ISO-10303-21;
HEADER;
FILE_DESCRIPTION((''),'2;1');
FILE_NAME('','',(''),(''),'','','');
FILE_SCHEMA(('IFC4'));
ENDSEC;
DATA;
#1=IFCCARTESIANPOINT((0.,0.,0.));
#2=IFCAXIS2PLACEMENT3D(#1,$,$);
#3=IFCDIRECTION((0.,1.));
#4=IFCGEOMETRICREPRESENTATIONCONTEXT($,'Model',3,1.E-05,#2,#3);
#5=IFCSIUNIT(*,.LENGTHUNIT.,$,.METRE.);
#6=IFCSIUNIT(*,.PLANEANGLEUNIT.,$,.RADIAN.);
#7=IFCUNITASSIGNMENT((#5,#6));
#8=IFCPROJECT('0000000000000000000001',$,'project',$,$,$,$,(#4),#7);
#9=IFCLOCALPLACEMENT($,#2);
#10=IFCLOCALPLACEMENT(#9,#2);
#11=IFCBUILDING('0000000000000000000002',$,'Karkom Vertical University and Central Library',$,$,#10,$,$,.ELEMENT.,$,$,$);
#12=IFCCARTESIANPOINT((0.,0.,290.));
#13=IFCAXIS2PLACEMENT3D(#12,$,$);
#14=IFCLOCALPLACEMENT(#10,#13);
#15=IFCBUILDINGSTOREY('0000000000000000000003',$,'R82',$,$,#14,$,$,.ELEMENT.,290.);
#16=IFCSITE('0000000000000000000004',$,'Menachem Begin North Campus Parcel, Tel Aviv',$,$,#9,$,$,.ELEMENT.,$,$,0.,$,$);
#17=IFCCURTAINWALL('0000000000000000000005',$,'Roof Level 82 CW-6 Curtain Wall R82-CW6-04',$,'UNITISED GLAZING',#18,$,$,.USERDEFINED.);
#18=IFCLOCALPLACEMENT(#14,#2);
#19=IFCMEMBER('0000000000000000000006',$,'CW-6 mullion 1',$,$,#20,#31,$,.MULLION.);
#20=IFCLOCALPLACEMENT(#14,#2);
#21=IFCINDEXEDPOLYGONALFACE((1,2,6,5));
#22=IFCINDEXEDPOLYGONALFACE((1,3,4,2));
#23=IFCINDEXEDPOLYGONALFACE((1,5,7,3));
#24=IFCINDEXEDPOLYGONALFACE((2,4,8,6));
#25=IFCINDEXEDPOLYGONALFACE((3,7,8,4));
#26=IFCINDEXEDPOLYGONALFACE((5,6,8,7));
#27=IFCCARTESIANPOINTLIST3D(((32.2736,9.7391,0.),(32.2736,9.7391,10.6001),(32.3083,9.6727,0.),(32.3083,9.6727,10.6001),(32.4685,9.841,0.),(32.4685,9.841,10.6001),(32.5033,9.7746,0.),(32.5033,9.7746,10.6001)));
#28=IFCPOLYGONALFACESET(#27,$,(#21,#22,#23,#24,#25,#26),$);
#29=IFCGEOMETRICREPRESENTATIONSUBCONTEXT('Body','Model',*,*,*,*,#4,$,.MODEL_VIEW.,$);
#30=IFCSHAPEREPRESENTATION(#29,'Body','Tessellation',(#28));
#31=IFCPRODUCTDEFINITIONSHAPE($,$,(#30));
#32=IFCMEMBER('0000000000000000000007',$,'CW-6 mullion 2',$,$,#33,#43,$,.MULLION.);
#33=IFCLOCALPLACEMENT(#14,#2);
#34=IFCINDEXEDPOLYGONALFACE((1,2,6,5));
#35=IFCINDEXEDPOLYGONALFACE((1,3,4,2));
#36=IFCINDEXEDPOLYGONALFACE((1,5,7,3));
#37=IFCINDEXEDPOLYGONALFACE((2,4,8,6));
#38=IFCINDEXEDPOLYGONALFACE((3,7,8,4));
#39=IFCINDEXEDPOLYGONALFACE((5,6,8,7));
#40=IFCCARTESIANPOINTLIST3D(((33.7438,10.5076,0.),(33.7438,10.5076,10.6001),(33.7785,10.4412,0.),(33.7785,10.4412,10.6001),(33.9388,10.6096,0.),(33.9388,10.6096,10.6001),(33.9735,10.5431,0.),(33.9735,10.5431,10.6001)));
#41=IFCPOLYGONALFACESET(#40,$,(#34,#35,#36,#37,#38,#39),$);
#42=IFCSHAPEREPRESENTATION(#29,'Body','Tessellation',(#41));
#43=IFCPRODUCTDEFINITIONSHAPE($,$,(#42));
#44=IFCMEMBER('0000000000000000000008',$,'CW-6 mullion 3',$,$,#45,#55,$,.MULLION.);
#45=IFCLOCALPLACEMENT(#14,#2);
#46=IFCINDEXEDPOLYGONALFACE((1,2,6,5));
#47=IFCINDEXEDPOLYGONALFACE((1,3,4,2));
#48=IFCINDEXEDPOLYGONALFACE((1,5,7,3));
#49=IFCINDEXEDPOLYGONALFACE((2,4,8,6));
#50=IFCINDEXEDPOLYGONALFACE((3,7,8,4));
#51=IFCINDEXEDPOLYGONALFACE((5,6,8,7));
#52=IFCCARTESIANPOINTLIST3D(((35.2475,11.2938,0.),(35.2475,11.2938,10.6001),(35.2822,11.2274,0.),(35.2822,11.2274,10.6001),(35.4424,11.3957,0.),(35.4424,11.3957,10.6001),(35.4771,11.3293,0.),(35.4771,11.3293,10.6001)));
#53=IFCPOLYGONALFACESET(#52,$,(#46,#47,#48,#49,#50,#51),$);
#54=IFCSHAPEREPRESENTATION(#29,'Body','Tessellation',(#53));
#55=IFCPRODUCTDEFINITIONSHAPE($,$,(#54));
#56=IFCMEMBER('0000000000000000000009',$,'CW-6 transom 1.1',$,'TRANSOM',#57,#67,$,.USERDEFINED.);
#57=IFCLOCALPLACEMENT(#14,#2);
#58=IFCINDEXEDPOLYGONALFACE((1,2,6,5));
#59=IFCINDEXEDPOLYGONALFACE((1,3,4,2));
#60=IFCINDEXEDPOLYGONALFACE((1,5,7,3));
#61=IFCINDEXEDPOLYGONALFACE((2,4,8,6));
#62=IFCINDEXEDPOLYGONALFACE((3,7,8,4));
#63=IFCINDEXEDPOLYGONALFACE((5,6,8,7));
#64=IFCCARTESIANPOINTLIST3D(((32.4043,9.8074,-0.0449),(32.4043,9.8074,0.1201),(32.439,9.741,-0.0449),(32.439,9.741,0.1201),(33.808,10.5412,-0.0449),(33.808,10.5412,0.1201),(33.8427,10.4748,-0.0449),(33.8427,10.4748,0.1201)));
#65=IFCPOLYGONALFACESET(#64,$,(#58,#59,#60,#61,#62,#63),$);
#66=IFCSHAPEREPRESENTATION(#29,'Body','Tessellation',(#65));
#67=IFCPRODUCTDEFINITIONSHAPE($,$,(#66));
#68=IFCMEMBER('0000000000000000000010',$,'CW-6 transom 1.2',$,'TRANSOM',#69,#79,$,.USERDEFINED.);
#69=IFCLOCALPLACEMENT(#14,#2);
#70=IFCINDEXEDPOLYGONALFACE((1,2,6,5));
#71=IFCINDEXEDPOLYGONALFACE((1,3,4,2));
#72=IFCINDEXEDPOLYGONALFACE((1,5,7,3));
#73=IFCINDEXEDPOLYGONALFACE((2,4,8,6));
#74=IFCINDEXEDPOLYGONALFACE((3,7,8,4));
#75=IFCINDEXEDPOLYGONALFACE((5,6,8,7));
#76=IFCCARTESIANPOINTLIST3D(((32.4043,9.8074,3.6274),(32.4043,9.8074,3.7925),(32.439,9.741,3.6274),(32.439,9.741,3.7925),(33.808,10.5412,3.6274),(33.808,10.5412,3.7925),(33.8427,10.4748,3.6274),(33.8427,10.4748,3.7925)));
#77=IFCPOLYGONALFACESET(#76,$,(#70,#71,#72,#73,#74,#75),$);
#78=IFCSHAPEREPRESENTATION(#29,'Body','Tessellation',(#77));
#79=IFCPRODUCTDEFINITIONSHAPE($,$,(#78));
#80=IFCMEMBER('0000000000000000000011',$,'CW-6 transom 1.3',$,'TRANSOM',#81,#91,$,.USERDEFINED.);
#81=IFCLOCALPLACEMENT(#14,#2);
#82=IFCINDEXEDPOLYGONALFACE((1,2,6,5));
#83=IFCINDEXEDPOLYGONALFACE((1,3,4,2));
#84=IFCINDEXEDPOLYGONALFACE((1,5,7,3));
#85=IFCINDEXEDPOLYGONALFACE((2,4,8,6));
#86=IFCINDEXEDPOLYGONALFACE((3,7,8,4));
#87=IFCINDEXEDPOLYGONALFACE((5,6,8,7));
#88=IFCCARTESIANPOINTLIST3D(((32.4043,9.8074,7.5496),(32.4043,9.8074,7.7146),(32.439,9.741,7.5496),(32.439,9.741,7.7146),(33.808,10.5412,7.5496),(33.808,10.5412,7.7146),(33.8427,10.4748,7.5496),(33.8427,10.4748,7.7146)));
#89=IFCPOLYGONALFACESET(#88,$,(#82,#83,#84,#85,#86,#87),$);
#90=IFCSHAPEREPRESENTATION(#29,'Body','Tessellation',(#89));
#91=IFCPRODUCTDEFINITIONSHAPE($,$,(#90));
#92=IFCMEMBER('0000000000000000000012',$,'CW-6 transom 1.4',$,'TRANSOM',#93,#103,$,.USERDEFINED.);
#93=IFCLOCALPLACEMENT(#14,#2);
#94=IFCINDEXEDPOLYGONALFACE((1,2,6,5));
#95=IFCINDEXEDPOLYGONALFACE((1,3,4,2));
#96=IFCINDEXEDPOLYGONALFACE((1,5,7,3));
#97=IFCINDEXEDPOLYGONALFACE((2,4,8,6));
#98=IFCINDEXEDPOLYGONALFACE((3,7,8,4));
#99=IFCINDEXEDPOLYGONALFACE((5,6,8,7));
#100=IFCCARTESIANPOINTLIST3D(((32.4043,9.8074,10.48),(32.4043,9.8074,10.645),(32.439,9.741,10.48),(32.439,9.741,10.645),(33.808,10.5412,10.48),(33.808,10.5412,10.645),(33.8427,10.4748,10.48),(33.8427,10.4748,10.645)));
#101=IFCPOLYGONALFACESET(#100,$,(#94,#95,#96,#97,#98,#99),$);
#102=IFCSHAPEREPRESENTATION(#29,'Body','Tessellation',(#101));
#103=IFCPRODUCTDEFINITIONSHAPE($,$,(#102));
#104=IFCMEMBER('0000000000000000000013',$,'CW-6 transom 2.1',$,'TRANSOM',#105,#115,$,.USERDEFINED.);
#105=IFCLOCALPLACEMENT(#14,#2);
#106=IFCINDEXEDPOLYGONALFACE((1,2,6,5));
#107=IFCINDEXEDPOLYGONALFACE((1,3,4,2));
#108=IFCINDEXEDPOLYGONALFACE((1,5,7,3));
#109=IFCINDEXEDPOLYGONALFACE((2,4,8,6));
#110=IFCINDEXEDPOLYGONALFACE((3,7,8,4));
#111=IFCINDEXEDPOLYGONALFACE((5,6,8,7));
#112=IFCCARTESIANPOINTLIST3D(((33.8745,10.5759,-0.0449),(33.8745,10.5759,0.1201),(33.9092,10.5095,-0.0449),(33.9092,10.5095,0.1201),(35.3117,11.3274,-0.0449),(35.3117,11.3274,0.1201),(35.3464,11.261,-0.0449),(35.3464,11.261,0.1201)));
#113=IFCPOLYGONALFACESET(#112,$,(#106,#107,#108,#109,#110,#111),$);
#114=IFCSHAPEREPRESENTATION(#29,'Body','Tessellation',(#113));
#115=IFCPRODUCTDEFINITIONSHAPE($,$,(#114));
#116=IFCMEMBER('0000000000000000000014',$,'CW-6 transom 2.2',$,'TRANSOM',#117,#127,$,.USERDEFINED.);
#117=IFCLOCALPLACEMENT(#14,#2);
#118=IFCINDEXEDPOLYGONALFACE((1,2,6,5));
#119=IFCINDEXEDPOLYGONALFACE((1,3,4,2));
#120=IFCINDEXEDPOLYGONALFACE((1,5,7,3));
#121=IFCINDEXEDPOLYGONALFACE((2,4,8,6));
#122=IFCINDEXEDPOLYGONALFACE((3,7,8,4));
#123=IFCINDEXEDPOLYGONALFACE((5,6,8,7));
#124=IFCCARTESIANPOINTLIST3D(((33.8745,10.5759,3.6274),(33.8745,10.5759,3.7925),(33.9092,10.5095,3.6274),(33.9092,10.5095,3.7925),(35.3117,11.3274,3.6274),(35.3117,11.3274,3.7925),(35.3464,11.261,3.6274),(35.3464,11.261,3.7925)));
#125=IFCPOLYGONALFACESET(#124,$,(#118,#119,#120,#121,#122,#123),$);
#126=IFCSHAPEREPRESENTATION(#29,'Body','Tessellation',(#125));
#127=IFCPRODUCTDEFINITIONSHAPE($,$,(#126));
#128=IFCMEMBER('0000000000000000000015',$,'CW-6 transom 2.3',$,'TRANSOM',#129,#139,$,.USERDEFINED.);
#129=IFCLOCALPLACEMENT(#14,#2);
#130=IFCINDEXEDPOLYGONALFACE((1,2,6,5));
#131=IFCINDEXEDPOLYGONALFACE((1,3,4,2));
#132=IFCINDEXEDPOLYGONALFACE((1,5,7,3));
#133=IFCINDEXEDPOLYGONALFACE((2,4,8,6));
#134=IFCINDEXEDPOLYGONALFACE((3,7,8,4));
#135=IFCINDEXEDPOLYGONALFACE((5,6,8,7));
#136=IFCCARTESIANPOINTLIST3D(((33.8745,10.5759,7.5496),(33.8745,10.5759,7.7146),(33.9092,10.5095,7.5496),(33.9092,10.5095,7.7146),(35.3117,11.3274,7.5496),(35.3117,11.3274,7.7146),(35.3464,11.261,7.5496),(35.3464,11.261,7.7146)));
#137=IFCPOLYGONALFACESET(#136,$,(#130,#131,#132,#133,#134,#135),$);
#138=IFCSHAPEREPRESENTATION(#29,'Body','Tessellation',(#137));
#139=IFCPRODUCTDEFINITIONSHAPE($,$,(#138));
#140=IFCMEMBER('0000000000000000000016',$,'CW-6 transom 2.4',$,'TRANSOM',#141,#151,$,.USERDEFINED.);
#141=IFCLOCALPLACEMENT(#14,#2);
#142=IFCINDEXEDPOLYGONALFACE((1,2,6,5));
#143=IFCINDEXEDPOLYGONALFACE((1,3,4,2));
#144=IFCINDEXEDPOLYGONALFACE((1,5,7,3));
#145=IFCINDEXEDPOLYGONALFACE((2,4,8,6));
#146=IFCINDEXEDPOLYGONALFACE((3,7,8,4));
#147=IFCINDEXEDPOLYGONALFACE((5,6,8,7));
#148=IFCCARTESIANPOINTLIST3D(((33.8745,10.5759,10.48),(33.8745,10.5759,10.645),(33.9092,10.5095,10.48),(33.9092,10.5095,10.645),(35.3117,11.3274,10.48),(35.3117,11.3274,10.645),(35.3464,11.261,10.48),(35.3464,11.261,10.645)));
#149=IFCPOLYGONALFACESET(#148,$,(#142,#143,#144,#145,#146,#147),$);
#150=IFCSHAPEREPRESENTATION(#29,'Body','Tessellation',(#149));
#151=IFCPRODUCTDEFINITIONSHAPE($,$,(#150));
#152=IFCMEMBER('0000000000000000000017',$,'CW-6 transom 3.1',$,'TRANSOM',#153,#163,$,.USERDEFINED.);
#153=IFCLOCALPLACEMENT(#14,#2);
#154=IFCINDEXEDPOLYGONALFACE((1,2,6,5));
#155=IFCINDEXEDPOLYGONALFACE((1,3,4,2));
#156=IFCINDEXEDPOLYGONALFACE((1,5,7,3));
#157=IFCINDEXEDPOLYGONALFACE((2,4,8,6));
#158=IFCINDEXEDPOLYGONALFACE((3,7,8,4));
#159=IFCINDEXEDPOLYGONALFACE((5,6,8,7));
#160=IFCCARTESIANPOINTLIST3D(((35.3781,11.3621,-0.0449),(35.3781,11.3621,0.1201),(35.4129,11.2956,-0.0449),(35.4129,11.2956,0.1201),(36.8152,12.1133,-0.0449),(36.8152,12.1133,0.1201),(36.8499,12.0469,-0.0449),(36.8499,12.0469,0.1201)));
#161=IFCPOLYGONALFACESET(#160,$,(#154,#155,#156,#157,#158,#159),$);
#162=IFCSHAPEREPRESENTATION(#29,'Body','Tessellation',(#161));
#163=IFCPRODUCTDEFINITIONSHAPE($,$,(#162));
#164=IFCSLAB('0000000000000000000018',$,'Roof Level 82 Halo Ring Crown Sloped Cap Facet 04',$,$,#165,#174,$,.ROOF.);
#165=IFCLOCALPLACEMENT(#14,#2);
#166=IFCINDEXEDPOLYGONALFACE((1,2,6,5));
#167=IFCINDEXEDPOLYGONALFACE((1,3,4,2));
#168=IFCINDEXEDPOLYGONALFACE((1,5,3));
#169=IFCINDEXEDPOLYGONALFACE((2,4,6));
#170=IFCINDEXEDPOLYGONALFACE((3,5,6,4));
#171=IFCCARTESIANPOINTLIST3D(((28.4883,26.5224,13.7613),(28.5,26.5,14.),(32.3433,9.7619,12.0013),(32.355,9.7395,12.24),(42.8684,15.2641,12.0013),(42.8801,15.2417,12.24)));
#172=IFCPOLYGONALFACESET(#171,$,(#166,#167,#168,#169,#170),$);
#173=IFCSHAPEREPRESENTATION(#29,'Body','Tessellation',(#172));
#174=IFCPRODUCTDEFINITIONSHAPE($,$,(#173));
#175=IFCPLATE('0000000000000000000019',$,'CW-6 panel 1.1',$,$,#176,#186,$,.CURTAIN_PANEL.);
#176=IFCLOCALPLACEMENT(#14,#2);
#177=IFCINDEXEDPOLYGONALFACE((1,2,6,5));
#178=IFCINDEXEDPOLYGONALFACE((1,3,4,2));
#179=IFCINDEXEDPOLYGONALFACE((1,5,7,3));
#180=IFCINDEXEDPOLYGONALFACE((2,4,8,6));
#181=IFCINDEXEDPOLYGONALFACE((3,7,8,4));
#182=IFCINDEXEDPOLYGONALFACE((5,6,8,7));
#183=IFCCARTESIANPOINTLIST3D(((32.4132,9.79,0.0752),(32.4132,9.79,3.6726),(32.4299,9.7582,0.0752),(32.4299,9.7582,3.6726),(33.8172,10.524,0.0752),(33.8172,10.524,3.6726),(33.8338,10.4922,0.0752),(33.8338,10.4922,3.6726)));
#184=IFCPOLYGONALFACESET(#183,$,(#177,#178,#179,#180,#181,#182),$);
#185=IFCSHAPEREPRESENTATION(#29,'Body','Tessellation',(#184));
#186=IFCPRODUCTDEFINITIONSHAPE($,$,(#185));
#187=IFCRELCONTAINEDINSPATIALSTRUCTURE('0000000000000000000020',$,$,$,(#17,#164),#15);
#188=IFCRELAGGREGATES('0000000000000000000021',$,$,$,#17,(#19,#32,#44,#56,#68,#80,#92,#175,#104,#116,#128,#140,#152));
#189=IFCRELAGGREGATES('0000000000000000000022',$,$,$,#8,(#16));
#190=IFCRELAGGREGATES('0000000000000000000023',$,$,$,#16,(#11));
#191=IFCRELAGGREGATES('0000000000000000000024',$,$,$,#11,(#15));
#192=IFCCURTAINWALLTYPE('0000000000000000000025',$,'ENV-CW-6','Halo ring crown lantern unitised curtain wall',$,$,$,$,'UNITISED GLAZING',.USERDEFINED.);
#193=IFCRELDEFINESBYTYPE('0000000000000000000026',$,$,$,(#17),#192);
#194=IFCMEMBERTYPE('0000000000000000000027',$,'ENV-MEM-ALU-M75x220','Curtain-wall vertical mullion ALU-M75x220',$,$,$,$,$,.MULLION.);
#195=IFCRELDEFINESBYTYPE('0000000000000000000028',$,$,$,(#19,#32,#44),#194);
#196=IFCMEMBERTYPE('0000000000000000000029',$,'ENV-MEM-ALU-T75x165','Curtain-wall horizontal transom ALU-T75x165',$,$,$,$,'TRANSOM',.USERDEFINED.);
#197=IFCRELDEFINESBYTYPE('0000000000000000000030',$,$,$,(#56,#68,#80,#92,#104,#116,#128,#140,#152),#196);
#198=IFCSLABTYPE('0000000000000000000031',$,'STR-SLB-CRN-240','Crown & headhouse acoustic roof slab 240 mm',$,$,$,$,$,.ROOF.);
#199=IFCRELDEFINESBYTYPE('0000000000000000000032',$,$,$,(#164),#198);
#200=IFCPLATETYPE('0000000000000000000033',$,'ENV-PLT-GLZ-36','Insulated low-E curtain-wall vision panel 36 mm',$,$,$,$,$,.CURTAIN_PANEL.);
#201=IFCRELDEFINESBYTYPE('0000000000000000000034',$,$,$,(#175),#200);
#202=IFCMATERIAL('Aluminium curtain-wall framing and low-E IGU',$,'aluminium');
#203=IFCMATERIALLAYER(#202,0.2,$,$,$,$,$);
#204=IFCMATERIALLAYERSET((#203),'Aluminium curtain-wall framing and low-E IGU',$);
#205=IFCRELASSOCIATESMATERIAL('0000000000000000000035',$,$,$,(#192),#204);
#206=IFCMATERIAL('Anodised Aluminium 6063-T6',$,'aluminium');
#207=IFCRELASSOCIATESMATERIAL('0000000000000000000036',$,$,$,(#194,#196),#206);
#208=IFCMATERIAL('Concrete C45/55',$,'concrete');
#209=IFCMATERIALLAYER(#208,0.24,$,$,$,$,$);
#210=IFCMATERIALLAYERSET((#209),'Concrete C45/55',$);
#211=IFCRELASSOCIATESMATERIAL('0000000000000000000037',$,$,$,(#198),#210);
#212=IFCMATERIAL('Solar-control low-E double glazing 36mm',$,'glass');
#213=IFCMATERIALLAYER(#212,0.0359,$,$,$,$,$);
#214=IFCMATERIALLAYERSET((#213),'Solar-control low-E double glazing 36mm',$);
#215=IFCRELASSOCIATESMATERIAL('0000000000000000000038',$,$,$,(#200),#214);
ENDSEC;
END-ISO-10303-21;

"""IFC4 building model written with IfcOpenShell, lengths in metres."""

from ifc_helpers import new_model, si_unit, direction, frame, origin, origin_with_axes, origin_2d, place, context, subcontext, project, spatial, polyline, rectangle, outline, extrude, source, transform, mapped, material, layer, layer_set, material_profile, profile_set, type_object, element, aggregate, save


model = new_model("IFC4")

# Units and contexts
model_context = context("Model", 3, precision=1e-05, world=origin(), true_north=direction((0.0, 1.0)))
body_context = subcontext(model_context, "Body", "Model", "MODEL_VIEW")
ifc_project = project(units=[si_unit("LENGTHUNIT", "METRE"), si_unit("PLANEANGLEUNIT", "RADIAN")], contexts=[model_context])

# Site, building, storey
site_placement = place(None, origin())
site = spatial("IfcSite", under=ifc_project, at=site_placement, Name="Menachem Begin North Campus Parcel, Tel Aviv", CompositionType="ELEMENT", RefElevation=0.0)
building_placement = place(site_placement, origin())
building = spatial("IfcBuilding", under=site, at=building_placement, Name="Karkom Vertical University and Central Library", CompositionType="ELEMENT")
storey_placement = place(building_placement, frame((0.0, 0.0, 290.0)))
storey = spatial("IfcBuildingStorey", under=building, at=storey_placement, Name="R82", CompositionType="ELEMENT", Elevation=290.0)

# Shared definitions
ifc_material_1 = material(Name="Concrete C45/55", Category="concrete")

# Curtain wall, members
ifc_material_2 = material(Name="Aluminium curtain-wall framing and low-E IGU", Category="aluminium")
ifc_layer_1 = layer(ifc_material_2, 0.2)
ifc_layer_set_1 = layer_set([ifc_layer_1], Name="Aluminium curtain-wall framing and low-E IGU")
curtain_wall_type = type_object("IfcCurtainWallType", Name="ENV-CW-6", Description="Halo ring crown lantern unitised curtain wall", ElementType="UNITISED GLAZING", PredefinedType="USERDEFINED", material=ifc_layer_set_1)
curtain_wall_placement = place(storey_placement, origin())
curtain_wall = element("IfcCurtainWall", 1, at=curtain_wall_placement, inside=storey, type_object=curtain_wall_type, Name="Roof Level 82 CW-6 Curtain Wall R82-CW6-04", ObjectType="UNITISED GLAZING", PredefinedType="USERDEFINED")
ifc_material_3 = material(Name="Anodised Aluminium 6063-T6", Category="aluminium")
ifc_material_profile_1 = material_profile(ifc_material_3, rectangle(XDim=0.075, YDim=0.22, at=origin_2d()), Name="ALU-M75x220")
ifc_profile_set_1 = profile_set([ifc_material_profile_1], Name="Anodised Aluminium 6063-T6")
member_type_1 = type_object("IfcMemberType", Name="ENV-MEM-ALU-M75x220", Description="Curtain-wall vertical mullion ALU-M75x220", PredefinedType="MULLION", material=ifc_profile_set_1)
shared_shape_1 = source(origin_with_axes(), body_context, "Body", "SweptSolid", [
    extrude(rectangle(XDim=0.075, YDim=0.22, at=origin_2d()), origin(), (0.0, 0.0, 1.0), 10.6001),
])
member_1_placement = place(storey_placement, frame((32.3884, 9.7568, 0.0), z_axis=(0.0, 0.0, 1.0), x_axis=(-0.463284, 0.88621, 0.0)))
member_1 = element("IfcMember", 2, at=member_1_placement, type_object=member_type_1, Name="CW-6 mullion 1", PredefinedType="MULLION", context=body_context, shape_type="MappedRepresentation", body=[
    mapped(shared_shape_1, transform((0.0, 0.0, 0.0), scale=1.0)),
])
member_2_placement = place(storey_placement, frame((33.8586, 10.5254, 0.0), z_axis=(0.0, 0.0, 1.0), x_axis=(-0.463284, 0.88621, 0.0)))
member_2 = element("IfcMember", 3, at=member_2_placement, type_object=member_type_1, Name="CW-6 mullion 2", PredefinedType="MULLION", context=body_context, shape_type="MappedRepresentation", body=[
    mapped(shared_shape_1, transform((0.0, 0.0, 0.0), scale=1.0)),
])
member_3_placement = place(storey_placement, frame((35.3623, 11.3115, 0.0), z_axis=(0.0, 0.0, 1.0), x_axis=(-0.463284, 0.88621, 0.0)))
member_3 = element("IfcMember", 4, at=member_3_placement, type_object=member_type_1, Name="CW-6 mullion 3", PredefinedType="MULLION", context=body_context, shape_type="MappedRepresentation", body=[
    mapped(shared_shape_1, transform((0.0, 0.0, 0.0), scale=1.0)),
])
ifc_material_profile_2 = material_profile(ifc_material_3, rectangle(XDim=0.075, YDim=0.165, at=origin_2d()), Name="ALU-T75x165")
ifc_profile_set_2 = profile_set([ifc_material_profile_2], Name="Anodised Aluminium 6063-T6")
member_type_2 = type_object("IfcMemberType", Name="ENV-MEM-ALU-T75x165", Description="Curtain-wall horizontal transom ALU-T75x165", ElementType="TRANSOM", PredefinedType="USERDEFINED", material=ifc_profile_set_2)
shared_shape_2 = source(origin_with_axes(), body_context, "Body", "SweptSolid", [
    extrude(rectangle(XDim=0.075, YDim=0.165, at=origin_2d()), origin(), (0.0, 0.0, 1.0), 1.584),
])
member_4_placement = place(storey_placement, frame((32.4216, 9.7742, 0.0376), z_axis=(0.886205, 0.463293, 0.0), x_axis=(-0.463293, 0.886205, 0.0)))
member_4 = element("IfcMember", 5, at=member_4_placement, type_object=member_type_2, Name="CW-6 transom 1.1", ObjectType="TRANSOM", PredefinedType="USERDEFINED", context=body_context, shape_type="MappedRepresentation", body=[
    mapped(shared_shape_2, transform((0.0, 0.0, 0.0), scale=1.0)),
])
member_5_placement = place(storey_placement, frame((32.4216, 9.7742, 3.71), z_axis=(0.886205, 0.463293, 0.0), x_axis=(-0.463293, 0.886205, 0.0)))
member_5 = element("IfcMember", 6, at=member_5_placement, type_object=member_type_2, Name="CW-6 transom 1.2", ObjectType="TRANSOM", PredefinedType="USERDEFINED", context=body_context, shape_type="MappedRepresentation", body=[
    mapped(shared_shape_2, transform((0.0, 0.0, 0.0), scale=1.0)),
])
member_6_placement = place(storey_placement, frame((32.4216, 9.7742, 7.6321), z_axis=(0.886205, 0.463293, 0.0), x_axis=(-0.463293, 0.886205, 0.0)))
member_6 = element("IfcMember", 7, at=member_6_placement, type_object=member_type_2, Name="CW-6 transom 1.3", ObjectType="TRANSOM", PredefinedType="USERDEFINED", context=body_context, shape_type="MappedRepresentation", body=[
    mapped(shared_shape_2, transform((0.0, 0.0, 0.0), scale=1.0)),
])
member_7_placement = place(storey_placement, frame((32.4216, 9.7742, 10.5625), z_axis=(0.886205, 0.463293, 0.0), x_axis=(-0.463293, 0.886205, 0.0)))
member_7 = element("IfcMember", 8, at=member_7_placement, type_object=member_type_2, Name="CW-6 transom 1.4", ObjectType="TRANSOM", PredefinedType="USERDEFINED", context=body_context, shape_type="MappedRepresentation", body=[
    mapped(shared_shape_2, transform((0.0, 0.0, 0.0), scale=1.0)),
])
shared_shape_3 = source(origin_with_axes(), body_context, "Body", "SweptSolid", [
    extrude(rectangle(XDim=0.075, YDim=0.165, at=origin_2d()), origin(), (0.0, 0.0, 1.0), 1.6218),
])
member_8_placement = place(storey_placement, frame((33.8918, 10.5427, 0.0376), z_axis=(0.886182, 0.463338, 0.0), x_axis=(-0.463338, 0.886182, 0.0)))
member_8 = element("IfcMember", 9, at=member_8_placement, type_object=member_type_2, Name="CW-6 transom 2.1", ObjectType="TRANSOM", PredefinedType="USERDEFINED", context=body_context, shape_type="MappedRepresentation", body=[
    mapped(shared_shape_3, transform((0.0, 0.0, 0.0), scale=1.0)),
])
member_9_placement = place(storey_placement, frame((33.8918, 10.5427, 3.71), z_axis=(0.886182, 0.463338, 0.0), x_axis=(-0.463338, 0.886182, 0.0)))
member_9 = element("IfcMember", 10, at=member_9_placement, type_object=member_type_2, Name="CW-6 transom 2.2", ObjectType="TRANSOM", PredefinedType="USERDEFINED", context=body_context, shape_type="MappedRepresentation", body=[
    mapped(shared_shape_3, transform((0.0, 0.0, 0.0), scale=1.0)),
])
member_10_placement = place(storey_placement, frame((33.8918, 10.5427, 7.6321), z_axis=(0.886182, 0.463338, 0.0), x_axis=(-0.463338, 0.886182, 0.0)))
member_10 = element("IfcMember", 11, at=member_10_placement, type_object=member_type_2, Name="CW-6 transom 2.3", ObjectType="TRANSOM", PredefinedType="USERDEFINED", context=body_context, shape_type="MappedRepresentation", body=[
    mapped(shared_shape_3, transform((0.0, 0.0, 0.0), scale=1.0)),
])
member_11_placement = place(storey_placement, frame((33.8918, 10.5427, 10.5625), z_axis=(0.886182, 0.463338, 0.0), x_axis=(-0.463338, 0.886182, 0.0)))
member_11 = element("IfcMember", 12, at=member_11_placement, type_object=member_type_2, Name="CW-6 transom 2.4", ObjectType="TRANSOM", PredefinedType="USERDEFINED", context=body_context, shape_type="MappedRepresentation", body=[
    mapped(shared_shape_3, transform((0.0, 0.0, 0.0), scale=1.0)),
])
shared_shape_4 = source(origin_with_axes(), body_context, "Body", "SweptSolid", [
    extrude(rectangle(XDim=0.075, YDim=0.165, at=origin_2d()), origin(), (0.0, 0.0, 1.0), 1.6216),
])
member_12_placement = place(storey_placement, frame((35.3955, 11.3289, 0.0376), z_axis=(0.886211, 0.463281, 0.0), x_axis=(-0.463281, 0.886211, 0.0)))
member_12 = element("IfcMember", 13, at=member_12_placement, type_object=member_type_2, Name="CW-6 transom 3.1", ObjectType="TRANSOM", PredefinedType="USERDEFINED", context=body_context, shape_type="MappedRepresentation", body=[
    mapped(shared_shape_4, transform((0.0, 0.0, 0.0), scale=1.0)),
])

# Slab
ifc_layer_2 = layer(ifc_material_1, 0.24)
ifc_layer_set_2 = layer_set([ifc_layer_2], Name="Concrete C45/55")
slab_type = type_object("IfcSlabType", Name="STR-SLB-CRN-240", Description="Crown & headhouse acoustic roof slab 240 mm", PredefinedType="ROOF", material=ifc_layer_set_2)
slab_placement = place(storey_placement, frame((32.355, 9.7395, 12.24), z_axis=(0.048731, -0.093218, 0.994452), x_axis=(0.886211, 0.463282, 0.0)))
element("IfcSlab", 14, at=slab_placement, inside=storey, type_object=slab_type, Name="Roof Level 82 Halo Ring Crown Sloped Cap Facet 04", PredefinedType="ROOF", context=body_context, shape_type="SweptSolid", body=[
    extrude(outline(polyline([(0.0, 0.0), (11.8766, 0.0), (4.3485, 16.7321), (0.0, 0.0)])), origin(), (0.0, 0.0, -1.0), 0.24),
])

# Plate
ifc_material_4 = material(Name="Solar-control low-E double glazing 36mm", Category="glass")
ifc_layer_3 = layer(ifc_material_4, 0.0359)
ifc_layer_set_3 = layer_set([ifc_layer_3], Name="Solar-control low-E double glazing 36mm")
plate_type = type_object("IfcPlateType", Name="ENV-PLT-GLZ-36", Description="Insulated low-E curtain-wall vision panel 36 mm", PredefinedType="CURTAIN_PANEL", material=ifc_layer_set_3)
shared_shape_5 = source(origin_with_axes(), body_context, "Body", "SweptSolid", [
    extrude(rectangle(XDim=1.5842, YDim=0.0359, at=origin_2d()), origin(), (0.0, 0.0, 1.0), 3.5974),
])
plate_1_placement = place(storey_placement, frame((33.1235, 10.1411, 0.0752), z_axis=(0.0, 0.0, 1.0), x_axis=(0.88621, 0.463284, 0.0)))
plate_1 = element("IfcPlate", 15, at=plate_1_placement, type_object=plate_type, Name="CW-6 panel 1.1", PredefinedType="CURTAIN_PANEL", context=body_context, shape_type="MappedRepresentation", body=[
    mapped(shared_shape_5, transform((0.0, 0.0, 0.0), scale=1.0)),
])
aggregate(curtain_wall, [member_1, member_2, member_3, member_4, member_5, member_6, member_7, plate_1, member_8, member_9, member_10, member_11, member_12])

save(model, "model.ifc")
